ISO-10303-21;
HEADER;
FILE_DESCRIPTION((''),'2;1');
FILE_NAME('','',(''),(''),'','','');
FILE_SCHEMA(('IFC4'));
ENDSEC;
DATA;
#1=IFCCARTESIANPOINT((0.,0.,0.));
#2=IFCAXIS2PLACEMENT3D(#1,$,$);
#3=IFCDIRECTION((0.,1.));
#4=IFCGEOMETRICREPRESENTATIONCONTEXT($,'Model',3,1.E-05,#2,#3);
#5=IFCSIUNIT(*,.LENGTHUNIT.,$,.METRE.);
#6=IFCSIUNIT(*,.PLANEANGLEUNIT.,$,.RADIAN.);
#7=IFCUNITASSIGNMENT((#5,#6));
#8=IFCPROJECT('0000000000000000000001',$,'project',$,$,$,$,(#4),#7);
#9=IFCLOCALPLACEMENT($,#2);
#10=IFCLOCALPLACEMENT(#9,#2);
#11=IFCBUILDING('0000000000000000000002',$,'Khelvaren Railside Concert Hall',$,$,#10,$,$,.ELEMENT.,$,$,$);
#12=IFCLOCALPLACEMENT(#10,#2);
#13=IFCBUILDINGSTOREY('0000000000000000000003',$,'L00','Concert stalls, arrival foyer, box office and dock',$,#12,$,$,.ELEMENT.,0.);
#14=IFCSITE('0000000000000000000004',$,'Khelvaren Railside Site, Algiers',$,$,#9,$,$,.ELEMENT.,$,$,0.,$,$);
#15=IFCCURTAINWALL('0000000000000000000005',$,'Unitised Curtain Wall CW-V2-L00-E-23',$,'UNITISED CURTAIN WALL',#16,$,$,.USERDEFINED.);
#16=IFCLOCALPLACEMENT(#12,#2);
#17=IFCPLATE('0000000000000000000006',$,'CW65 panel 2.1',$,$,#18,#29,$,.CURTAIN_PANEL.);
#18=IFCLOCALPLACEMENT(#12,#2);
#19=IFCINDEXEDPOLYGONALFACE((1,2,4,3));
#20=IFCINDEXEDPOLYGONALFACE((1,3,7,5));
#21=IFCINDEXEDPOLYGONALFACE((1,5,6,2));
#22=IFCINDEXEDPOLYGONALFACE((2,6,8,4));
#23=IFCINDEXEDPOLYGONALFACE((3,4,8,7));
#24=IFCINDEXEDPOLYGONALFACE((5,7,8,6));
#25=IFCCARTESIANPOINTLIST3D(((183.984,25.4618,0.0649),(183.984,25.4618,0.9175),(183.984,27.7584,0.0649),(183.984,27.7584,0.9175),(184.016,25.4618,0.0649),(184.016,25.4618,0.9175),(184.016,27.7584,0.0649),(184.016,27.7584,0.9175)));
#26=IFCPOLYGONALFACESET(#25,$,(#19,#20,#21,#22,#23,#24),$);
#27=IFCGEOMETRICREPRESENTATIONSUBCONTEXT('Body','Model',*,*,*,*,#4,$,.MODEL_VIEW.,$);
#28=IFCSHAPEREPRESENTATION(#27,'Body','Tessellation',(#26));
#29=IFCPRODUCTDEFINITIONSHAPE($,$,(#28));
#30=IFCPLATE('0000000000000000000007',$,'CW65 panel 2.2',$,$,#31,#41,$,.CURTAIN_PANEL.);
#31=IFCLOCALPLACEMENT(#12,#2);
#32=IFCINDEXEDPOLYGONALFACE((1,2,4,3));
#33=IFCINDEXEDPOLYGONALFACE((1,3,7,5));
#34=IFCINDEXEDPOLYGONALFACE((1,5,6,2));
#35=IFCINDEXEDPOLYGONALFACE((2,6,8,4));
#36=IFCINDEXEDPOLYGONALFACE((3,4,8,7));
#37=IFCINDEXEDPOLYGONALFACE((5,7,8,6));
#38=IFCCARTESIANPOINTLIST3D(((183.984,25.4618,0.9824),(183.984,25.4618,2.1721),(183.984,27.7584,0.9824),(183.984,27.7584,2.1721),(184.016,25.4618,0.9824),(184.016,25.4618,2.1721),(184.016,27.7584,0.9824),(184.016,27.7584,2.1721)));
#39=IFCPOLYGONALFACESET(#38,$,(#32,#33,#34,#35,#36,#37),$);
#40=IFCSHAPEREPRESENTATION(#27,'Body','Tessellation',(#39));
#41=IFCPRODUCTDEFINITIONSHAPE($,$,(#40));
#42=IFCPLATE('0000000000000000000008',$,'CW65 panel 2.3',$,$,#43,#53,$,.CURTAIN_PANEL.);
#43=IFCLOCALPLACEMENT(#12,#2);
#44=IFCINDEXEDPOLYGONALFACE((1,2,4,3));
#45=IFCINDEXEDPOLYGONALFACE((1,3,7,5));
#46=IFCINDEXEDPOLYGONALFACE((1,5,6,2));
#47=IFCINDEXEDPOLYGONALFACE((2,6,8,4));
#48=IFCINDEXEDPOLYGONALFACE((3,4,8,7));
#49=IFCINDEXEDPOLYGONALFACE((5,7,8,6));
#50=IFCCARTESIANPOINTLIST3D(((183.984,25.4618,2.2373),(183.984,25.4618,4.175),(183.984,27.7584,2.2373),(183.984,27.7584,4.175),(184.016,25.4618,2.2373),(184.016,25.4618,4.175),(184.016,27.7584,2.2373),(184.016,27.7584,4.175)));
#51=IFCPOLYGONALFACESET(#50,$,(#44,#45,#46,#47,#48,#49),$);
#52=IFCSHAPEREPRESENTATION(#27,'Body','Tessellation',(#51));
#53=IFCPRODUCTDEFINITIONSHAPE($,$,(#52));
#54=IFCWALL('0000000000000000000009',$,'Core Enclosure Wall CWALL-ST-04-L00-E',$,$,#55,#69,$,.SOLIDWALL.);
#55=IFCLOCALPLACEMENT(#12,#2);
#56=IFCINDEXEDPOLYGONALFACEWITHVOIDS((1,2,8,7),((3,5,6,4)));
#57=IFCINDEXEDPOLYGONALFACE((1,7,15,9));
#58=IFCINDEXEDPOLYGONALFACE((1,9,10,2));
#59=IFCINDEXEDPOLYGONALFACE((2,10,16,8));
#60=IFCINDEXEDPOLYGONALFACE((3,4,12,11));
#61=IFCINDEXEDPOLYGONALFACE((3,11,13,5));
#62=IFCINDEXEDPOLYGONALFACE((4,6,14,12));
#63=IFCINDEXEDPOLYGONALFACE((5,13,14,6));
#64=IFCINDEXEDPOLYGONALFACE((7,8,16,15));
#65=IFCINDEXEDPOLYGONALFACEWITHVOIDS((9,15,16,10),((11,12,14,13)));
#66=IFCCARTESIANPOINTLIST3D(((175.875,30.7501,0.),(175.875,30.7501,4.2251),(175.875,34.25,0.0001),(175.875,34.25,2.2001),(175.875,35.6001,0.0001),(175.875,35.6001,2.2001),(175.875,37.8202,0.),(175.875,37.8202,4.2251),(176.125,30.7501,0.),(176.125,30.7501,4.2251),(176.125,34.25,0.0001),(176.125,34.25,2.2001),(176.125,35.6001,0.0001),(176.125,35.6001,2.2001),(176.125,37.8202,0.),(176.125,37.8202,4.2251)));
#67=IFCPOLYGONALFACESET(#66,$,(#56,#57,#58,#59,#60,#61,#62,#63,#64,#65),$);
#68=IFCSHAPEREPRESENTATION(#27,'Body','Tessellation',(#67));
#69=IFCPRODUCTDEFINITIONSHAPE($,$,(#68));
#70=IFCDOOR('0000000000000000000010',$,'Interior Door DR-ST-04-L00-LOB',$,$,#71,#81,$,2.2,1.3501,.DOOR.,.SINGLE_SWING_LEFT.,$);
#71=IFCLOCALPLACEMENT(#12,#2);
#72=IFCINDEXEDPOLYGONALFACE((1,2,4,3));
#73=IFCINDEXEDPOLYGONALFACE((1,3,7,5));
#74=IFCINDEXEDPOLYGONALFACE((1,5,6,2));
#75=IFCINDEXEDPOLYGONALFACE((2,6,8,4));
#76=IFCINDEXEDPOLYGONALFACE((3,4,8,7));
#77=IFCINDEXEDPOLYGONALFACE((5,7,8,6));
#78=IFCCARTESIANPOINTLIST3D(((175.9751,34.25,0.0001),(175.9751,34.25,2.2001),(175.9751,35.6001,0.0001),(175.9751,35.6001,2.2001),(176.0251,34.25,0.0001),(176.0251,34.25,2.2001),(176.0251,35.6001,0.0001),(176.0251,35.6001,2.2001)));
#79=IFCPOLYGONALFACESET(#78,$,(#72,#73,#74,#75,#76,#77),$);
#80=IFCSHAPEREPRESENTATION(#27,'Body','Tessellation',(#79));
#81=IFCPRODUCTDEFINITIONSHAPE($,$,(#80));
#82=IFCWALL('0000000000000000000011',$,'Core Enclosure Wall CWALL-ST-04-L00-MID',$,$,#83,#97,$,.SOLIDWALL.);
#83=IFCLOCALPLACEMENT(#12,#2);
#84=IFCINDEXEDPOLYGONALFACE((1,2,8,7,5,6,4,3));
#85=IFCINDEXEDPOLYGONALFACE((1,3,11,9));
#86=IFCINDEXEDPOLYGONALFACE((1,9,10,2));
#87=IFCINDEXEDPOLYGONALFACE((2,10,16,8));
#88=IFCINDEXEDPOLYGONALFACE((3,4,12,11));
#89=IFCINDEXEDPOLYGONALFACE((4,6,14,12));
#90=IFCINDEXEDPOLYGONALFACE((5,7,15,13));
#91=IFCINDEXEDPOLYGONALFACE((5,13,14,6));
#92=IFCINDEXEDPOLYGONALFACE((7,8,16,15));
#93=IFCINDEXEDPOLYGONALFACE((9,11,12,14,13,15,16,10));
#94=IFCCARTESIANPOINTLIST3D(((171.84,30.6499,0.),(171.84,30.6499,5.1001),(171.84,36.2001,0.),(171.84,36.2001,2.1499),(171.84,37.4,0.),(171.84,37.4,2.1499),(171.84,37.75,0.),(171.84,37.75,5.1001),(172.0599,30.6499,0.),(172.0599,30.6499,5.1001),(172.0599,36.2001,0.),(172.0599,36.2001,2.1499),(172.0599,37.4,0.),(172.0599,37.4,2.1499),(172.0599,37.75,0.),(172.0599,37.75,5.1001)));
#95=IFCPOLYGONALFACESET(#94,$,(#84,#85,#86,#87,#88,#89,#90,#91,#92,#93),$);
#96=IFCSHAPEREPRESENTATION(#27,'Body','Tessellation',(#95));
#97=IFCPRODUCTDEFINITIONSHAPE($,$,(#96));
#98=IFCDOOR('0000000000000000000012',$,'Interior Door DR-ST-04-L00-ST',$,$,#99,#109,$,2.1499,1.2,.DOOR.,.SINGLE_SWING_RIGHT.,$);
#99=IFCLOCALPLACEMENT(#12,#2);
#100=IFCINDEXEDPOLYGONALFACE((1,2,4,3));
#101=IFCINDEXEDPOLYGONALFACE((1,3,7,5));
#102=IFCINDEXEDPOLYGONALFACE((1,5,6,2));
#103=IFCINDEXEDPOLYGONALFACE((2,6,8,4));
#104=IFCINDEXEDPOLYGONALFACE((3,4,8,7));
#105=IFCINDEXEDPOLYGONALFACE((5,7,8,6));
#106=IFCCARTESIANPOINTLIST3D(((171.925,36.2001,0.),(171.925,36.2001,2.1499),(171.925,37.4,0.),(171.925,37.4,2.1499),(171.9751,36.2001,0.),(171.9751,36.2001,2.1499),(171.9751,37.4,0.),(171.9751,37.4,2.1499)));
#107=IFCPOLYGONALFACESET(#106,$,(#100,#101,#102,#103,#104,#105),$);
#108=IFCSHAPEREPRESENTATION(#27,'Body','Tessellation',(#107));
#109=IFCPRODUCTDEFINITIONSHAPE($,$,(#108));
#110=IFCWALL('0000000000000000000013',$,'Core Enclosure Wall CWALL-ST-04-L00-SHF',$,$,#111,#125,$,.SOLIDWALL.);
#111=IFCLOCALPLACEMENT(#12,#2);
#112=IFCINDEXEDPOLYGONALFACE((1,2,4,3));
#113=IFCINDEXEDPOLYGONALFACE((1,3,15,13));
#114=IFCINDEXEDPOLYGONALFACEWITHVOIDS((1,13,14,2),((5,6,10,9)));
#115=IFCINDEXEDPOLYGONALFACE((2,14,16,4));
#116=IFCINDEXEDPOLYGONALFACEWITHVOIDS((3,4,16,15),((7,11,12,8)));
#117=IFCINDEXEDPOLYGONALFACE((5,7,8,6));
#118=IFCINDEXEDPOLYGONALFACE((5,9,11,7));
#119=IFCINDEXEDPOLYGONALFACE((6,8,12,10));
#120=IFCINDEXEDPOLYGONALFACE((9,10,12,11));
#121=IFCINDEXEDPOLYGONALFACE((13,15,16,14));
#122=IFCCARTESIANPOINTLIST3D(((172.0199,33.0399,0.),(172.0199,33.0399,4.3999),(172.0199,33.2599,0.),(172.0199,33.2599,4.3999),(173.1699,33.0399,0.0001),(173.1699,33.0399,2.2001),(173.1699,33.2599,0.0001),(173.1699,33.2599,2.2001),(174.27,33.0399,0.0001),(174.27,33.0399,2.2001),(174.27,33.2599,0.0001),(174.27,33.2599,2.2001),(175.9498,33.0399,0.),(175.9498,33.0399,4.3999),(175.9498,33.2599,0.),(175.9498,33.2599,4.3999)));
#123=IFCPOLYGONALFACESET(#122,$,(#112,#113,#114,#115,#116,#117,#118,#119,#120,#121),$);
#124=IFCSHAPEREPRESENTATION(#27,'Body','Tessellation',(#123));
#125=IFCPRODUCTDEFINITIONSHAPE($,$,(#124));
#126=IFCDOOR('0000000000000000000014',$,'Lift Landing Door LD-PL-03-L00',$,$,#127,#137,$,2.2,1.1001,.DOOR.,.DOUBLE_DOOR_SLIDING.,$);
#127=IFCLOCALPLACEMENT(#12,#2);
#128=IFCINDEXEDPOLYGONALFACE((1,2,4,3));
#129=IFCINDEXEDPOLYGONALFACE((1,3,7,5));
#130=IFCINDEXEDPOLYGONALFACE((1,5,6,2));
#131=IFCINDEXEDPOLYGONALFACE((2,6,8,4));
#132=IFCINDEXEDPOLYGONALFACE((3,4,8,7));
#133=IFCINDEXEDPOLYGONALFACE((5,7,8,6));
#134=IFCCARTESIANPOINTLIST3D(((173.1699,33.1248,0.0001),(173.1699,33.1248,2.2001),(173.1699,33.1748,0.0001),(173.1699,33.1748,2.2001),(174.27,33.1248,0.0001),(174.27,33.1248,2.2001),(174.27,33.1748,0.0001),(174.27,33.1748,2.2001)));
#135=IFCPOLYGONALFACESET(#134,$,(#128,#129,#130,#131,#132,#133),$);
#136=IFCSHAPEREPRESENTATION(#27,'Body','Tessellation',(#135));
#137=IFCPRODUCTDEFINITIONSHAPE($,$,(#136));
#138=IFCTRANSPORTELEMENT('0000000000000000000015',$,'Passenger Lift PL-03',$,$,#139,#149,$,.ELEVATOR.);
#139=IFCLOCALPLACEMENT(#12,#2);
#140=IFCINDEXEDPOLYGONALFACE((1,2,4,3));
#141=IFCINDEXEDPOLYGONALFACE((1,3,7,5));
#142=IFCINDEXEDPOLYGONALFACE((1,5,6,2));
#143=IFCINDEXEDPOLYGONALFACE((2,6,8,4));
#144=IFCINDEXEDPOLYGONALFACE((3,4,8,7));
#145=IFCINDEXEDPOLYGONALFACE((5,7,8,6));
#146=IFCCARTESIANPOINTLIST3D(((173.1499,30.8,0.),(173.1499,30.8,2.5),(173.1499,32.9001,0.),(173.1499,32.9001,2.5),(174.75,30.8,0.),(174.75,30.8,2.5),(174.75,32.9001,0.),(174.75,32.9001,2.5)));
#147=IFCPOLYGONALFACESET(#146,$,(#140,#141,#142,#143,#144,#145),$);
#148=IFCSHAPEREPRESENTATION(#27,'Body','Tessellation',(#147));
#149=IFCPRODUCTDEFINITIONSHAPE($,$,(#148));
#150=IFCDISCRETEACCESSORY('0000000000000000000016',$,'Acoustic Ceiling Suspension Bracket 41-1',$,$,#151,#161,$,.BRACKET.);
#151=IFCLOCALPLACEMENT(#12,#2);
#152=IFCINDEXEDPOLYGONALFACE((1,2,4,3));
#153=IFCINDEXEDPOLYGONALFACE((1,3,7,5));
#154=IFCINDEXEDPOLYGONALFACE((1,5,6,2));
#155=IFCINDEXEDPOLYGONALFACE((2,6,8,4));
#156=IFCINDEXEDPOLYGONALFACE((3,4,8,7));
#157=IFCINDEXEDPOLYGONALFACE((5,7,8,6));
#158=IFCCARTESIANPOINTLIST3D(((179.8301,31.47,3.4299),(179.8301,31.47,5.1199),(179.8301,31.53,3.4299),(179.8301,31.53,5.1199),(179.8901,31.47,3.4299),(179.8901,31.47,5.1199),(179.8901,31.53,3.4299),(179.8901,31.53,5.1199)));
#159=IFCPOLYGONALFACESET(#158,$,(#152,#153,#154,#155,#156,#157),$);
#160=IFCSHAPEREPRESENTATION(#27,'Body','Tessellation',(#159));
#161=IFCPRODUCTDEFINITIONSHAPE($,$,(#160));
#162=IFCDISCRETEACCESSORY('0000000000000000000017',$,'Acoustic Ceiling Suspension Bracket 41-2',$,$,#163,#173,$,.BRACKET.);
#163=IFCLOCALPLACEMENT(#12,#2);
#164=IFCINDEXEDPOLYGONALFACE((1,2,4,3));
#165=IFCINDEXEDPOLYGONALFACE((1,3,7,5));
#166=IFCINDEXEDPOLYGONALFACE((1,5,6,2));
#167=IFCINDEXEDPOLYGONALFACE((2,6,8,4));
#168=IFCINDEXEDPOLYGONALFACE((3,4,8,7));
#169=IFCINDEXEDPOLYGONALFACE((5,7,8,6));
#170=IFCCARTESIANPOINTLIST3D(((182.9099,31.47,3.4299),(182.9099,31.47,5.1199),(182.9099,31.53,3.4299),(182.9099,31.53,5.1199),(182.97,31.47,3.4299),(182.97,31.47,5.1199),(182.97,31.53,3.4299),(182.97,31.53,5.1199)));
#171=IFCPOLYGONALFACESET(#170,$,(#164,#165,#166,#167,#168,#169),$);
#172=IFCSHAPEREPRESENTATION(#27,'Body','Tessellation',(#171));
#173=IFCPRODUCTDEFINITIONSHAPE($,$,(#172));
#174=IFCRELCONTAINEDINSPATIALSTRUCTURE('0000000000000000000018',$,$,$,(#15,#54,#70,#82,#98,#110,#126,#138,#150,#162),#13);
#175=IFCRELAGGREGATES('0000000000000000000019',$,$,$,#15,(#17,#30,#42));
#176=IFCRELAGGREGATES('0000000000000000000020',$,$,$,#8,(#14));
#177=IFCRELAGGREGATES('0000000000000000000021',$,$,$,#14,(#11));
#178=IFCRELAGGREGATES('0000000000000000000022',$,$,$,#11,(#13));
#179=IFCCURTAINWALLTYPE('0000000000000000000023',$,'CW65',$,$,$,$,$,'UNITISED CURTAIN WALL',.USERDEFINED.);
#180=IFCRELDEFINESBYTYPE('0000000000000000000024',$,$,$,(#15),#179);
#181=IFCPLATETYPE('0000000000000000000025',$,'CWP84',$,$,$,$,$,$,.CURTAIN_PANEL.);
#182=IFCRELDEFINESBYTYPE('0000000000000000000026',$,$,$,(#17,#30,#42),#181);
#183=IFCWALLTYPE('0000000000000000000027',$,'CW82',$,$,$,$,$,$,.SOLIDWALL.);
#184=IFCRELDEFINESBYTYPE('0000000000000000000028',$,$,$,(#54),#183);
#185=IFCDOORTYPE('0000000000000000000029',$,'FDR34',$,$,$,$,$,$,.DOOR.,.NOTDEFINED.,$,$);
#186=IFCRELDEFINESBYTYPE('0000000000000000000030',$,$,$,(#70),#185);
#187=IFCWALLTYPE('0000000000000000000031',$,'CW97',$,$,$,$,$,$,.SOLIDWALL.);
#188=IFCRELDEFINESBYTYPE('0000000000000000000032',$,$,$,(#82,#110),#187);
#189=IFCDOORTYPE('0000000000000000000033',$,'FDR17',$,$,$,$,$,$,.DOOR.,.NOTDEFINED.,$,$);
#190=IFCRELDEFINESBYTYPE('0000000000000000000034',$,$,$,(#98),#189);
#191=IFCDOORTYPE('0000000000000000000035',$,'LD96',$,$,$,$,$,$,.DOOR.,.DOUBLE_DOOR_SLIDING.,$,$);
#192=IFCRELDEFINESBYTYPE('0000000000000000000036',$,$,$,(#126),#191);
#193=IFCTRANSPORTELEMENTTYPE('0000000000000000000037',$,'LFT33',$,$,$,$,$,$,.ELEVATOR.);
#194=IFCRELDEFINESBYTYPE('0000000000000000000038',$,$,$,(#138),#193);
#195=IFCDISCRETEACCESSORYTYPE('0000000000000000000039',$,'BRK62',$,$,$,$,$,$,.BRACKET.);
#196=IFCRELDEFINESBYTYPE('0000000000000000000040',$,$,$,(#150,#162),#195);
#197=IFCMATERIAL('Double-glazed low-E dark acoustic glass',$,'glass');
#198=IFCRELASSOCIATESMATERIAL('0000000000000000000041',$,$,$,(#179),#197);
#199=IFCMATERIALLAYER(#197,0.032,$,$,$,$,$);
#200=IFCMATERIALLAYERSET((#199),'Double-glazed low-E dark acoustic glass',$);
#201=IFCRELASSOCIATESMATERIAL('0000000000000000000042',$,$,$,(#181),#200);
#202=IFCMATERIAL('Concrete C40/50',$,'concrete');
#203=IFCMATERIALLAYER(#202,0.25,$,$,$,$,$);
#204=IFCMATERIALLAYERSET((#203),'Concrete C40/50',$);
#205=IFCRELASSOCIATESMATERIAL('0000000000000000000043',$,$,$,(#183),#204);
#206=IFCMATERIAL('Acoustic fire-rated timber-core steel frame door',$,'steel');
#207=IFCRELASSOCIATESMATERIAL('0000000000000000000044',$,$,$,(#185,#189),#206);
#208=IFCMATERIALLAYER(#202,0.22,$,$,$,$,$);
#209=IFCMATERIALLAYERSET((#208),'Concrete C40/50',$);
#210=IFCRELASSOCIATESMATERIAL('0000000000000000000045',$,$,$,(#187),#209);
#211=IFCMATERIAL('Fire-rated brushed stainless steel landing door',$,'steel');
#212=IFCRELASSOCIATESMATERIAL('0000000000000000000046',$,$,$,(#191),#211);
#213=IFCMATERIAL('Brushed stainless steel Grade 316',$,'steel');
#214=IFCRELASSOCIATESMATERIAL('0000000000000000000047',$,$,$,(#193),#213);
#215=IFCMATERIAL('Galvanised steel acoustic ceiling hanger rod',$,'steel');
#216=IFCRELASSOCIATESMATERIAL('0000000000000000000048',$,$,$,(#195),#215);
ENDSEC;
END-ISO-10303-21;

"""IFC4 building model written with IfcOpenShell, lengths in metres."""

from ifc_helpers import new_model, si_unit, direction, frame, frame_2d, origin, origin_2d, place, context, subcontext, project, spatial, rectangle, extrude, material, layer, layer_set, type_object, element, fill, aggregate, save


model = new_model("IFC4")

# Units and contexts
model_context = context("Model", 3, precision=1e-05, world=origin(), true_north=direction((0.0, 1.0)))
body_context = subcontext(model_context, "Body", "Model", "MODEL_VIEW")
ifc_project = project(units=[si_unit("LENGTHUNIT", "METRE"), si_unit("PLANEANGLEUNIT", "RADIAN")], contexts=[model_context])

# Site, building, storey
site_placement = place(None, origin())
site = spatial("IfcSite", under=ifc_project, at=site_placement, Name="Khelvaren Railside Site, Algiers", CompositionType="ELEMENT", RefElevation=0.0)
building_placement = place(site_placement, origin())
building = spatial("IfcBuilding", under=site, at=building_placement, Name="Khelvaren Railside Concert Hall", CompositionType="ELEMENT")
storey_placement = place(building_placement, origin())
storey = spatial("IfcBuildingStorey", under=building, at=storey_placement, Name="L00", Description="Concert stalls, arrival foyer, box office and dock", CompositionType="ELEMENT", Elevation=0.0)

# Curtain wall
ifc_material_1 = material(Name="Double-glazed low-E dark acoustic glass", Category="glass")
curtain_wall_type = type_object("IfcCurtainWallType", Name="CW65", ElementType="UNITISED CURTAIN WALL", PredefinedType="USERDEFINED", material=ifc_material_1)
curtain_wall_placement = place(storey_placement, origin())
curtain_wall = element("IfcCurtainWall", 1, at=curtain_wall_placement, inside=storey, type_object=curtain_wall_type, Name="Unitised Curtain Wall CW-V2-L00-E-23", ObjectType="UNITISED CURTAIN WALL", PredefinedType="USERDEFINED")

# Shared definitions
ifc_material_2 = material(Name="Concrete C40/50", Category="concrete")

# Plates
ifc_layer_1 = layer(ifc_material_1, 0.032)
ifc_layer_set_1 = layer_set([ifc_layer_1], Name="Double-glazed low-E dark acoustic glass")
plate_type = type_object("IfcPlateType", Name="CWP84", PredefinedType="CURTAIN_PANEL", material=ifc_layer_set_1)
plate_1_placement = place(storey_placement, frame((184.0, 26.6101, 0.0649), z_axis=(0.0, 0.0, 1.0), x_axis=(0.0, -1.0, 0.0)))
plate_1 = element("IfcPlate", 2, at=plate_1_placement, type_object=plate_type, Name="CW65 panel 2.1", PredefinedType="CURTAIN_PANEL", context=body_context, shape_type="SweptSolid", body=[
    extrude(rectangle(XDim=2.2966, YDim=0.032, at=origin_2d()), origin(), (0.0, 0.0, 1.0), 0.8525),
])
plate_2_placement = place(storey_placement, frame((184.0, 26.6101, 0.9824), z_axis=(0.0, 0.0, 1.0), x_axis=(0.0, -1.0, 0.0)))
plate_2 = element("IfcPlate", 3, at=plate_2_placement, type_object=plate_type, Name="CW65 panel 2.2", PredefinedType="CURTAIN_PANEL", context=body_context, shape_type="SweptSolid", body=[
    extrude(rectangle(XDim=2.2966, YDim=0.032, at=origin_2d()), origin(), (0.0, 0.0, 1.0), 1.1897),
])
plate_3_placement = place(storey_placement, frame((184.0, 26.6101, 2.2373), z_axis=(0.0, 0.0, 1.0), x_axis=(0.0, -1.0, 0.0)))
plate_3 = element("IfcPlate", 4, at=plate_3_placement, type_object=plate_type, Name="CW65 panel 2.3", PredefinedType="CURTAIN_PANEL", context=body_context, shape_type="SweptSolid", body=[
    extrude(rectangle(XDim=2.2966, YDim=0.032, at=origin_2d()), origin(), (0.0, 0.0, 1.0), 1.9377),
])
aggregate(curtain_wall, [plate_1, plate_2, plate_3])

# Walls, openings, doors
ifc_layer_2 = layer(ifc_material_2, 0.25)
ifc_layer_set_2 = layer_set([ifc_layer_2], Name="Concrete C40/50")
wall_type_1 = type_object("IfcWallType", Name="CW82", PredefinedType="SOLIDWALL", material=ifc_layer_set_2)
wall_1_placement = place(storey_placement, frame((176.0, 30.75, 0.0), z_axis=(0.0, 0.0, 1.0), x_axis=(0.0, 1.0, 0.0)))
wall_1 = element("IfcWall", 5, at=wall_1_placement, inside=storey, type_object=wall_type_1, Name="Core Enclosure Wall CWALL-ST-04-L00-E", PredefinedType="SOLIDWALL", context=body_context, shape_type="SweptSolid", body=[
    extrude(rectangle(XDim=7.0701, YDim=0.25, at=frame_2d((3.5352, 0.0))), origin(), (0.0, 0.0, 1.0), 4.2251),
])
opening_1_placement = place(wall_1_placement, frame((3.5, 0.0, 0.0)))
opening_1 = element("IfcOpeningElement", 6, at=opening_1_placement, cuts=wall_1, PredefinedType="OPENING", context=body_context, shape_type="SweptSolid", body=[
    extrude(rectangle(XDim=1.3501, YDim=2.2, at=frame_2d((0.675, 1.1001))), frame((0.0, 0.135, 0.0), z_axis=(0.0, -1.0, 0.0), x_axis=(1.0, 0.0, 0.0)), (0.0, 0.0, 1.0), 0.27),
])
ifc_material_3 = material(Name="Acoustic fire-rated timber-core steel frame door", Category="steel")
door_type_1 = type_object("IfcDoorType", Name="FDR34", OperationType="NOTDEFINED", PredefinedType="DOOR", material=ifc_material_3)
door_1_placement = place(opening_1_placement, origin())
door_1 = element("IfcDoor", 7, at=door_1_placement, inside=storey, type_object=door_type_1, Name="Interior Door DR-ST-04-L00-LOB", OperationType="SINGLE_SWING_LEFT", OverallHeight=2.2, OverallWidth=1.3501, PredefinedType="DOOR", context=body_context, shape_type="SweptSolid", body=[
    extrude(rectangle(XDim=1.3501, YDim=2.2, at=frame_2d((0.675, 1.1001))), frame((0.0, 0.0249, 0.0), z_axis=(0.0, -1.0, 0.0), x_axis=(1.0, 0.0, 0.0)), (0.0, 0.0, 1.0), 0.05),
])
fill(opening_1, door_1)
ifc_layer_3 = layer(ifc_material_2, 0.22)
ifc_layer_set_3 = layer_set([ifc_layer_3], Name="Concrete C40/50")
wall_type_2 = type_object("IfcWallType", Name="CW97", PredefinedType="SOLIDWALL", material=ifc_layer_set_3)
wall_2_placement = place(storey_placement, frame((171.95, 30.6499, 0.0), z_axis=(0.0, 0.0, 1.0), x_axis=(0.0, 1.0, 0.0)))
wall_2 = element("IfcWall", 8, at=wall_2_placement, inside=storey, type_object=wall_type_2, Name="Core Enclosure Wall CWALL-ST-04-L00-MID", PredefinedType="SOLIDWALL", context=body_context, shape_type="SweptSolid", body=[
    extrude(rectangle(XDim=7.1001, YDim=0.22, at=frame_2d((3.55, 0.0))), origin(), (0.0, 0.0, 1.0), 5.1001),
])
opening_2_placement = place(wall_2_placement, frame((5.55, 0.0, 0.0)))
opening_2 = element("IfcOpeningElement", 9, at=opening_2_placement, cuts=wall_2, PredefinedType="OPENING", context=body_context, shape_type="SweptSolid", body=[
    extrude(rectangle(XDim=1.2, YDim=2.1499, at=frame_2d((0.6001, 1.075))), frame((0.0, 0.1199, 0.0), z_axis=(0.0, -1.0, 0.0), x_axis=(1.0, 0.0, 0.0)), (0.0, 0.0, 1.0), 0.24),
])
door_type_2 = type_object("IfcDoorType", Name="FDR17", OperationType="NOTDEFINED", PredefinedType="DOOR", material=ifc_material_3)
door_2_placement = place(opening_2_placement, origin())
door_2 = element("IfcDoor", 10, at=door_2_placement, inside=storey, type_object=door_type_2, Name="Interior Door DR-ST-04-L00-ST", OperationType="SINGLE_SWING_RIGHT", OverallHeight=2.1499, OverallWidth=1.2, PredefinedType="DOOR", context=body_context, shape_type="SweptSolid", body=[
    extrude(rectangle(XDim=1.2, YDim=2.1499, at=frame_2d((0.6001, 1.075))), frame((0.0, 0.0249, 0.0), z_axis=(0.0, -1.0, 0.0), x_axis=(1.0, 0.0, 0.0)), (0.0, 0.0, 1.0), 0.05),
])
fill(opening_2, door_2)
wall_3_placement = place(storey_placement, frame((172.02, 33.1499, 0.0), z_axis=(0.0, 0.0, 1.0), x_axis=(1.0, 0.0, 0.0)))
wall_3 = element("IfcWall", 11, at=wall_3_placement, inside=storey, type_object=wall_type_2, Name="Core Enclosure Wall CWALL-ST-04-L00-SHF", PredefinedType="SOLIDWALL", context=body_context, shape_type="SweptSolid", body=[
    extrude(rectangle(XDim=3.9299, YDim=0.22, at=frame_2d((1.9648, 0.0))), origin(), (0.0, 0.0, 1.0), 4.3999),
])
opening_3_placement = place(wall_3_placement, frame((1.1499, 0.0, 0.0)))
opening_3 = element("IfcOpeningElement", 12, at=opening_3_placement, cuts=wall_3, PredefinedType="OPENING", context=body_context, shape_type="SweptSolid", body=[
    extrude(rectangle(XDim=1.1001, YDim=2.2, at=frame_2d((0.55, 1.1001))), frame((0.0, 0.1199, 0.0), z_axis=(0.0, -1.0, 0.0), x_axis=(1.0, 0.0, 0.0)), (0.0, 0.0, 1.0), 0.24),
])
ifc_material_4 = material(Name="Fire-rated brushed stainless steel landing door", Category="steel")
door_type_3 = type_object("IfcDoorType", Name="LD96", OperationType="DOUBLE_DOOR_SLIDING", PredefinedType="DOOR", material=ifc_material_4)
door_3_placement = place(opening_3_placement, origin())
door_3 = element("IfcDoor", 13, at=door_3_placement, inside=storey, type_object=door_type_3, Name="Lift Landing Door LD-PL-03-L00", OperationType="DOUBLE_DOOR_SLIDING", OverallHeight=2.2, OverallWidth=1.1001, PredefinedType="DOOR", context=body_context, shape_type="SweptSolid", body=[
    extrude(rectangle(XDim=1.1001, YDim=2.2, at=frame_2d((0.55, 1.1001))), frame((0.0, 0.0249, 0.0), z_axis=(0.0, -1.0, 0.0), x_axis=(1.0, 0.0, 0.0)), (0.0, 0.0, 1.0), 0.05),
])
fill(opening_3, door_3)

# Transport element
ifc_material_5 = material(Name="Brushed stainless steel Grade 316", Category="steel")
transport_element_type = type_object("IfcTransportElementType", Name="LFT33", PredefinedType="ELEVATOR", material=ifc_material_5)
transport_element_placement = place(storey_placement, frame((173.95, 31.8501, 0.0), z_axis=(0.0, 0.0, 1.0), x_axis=(1.0, 0.0, 0.0)))
element("IfcTransportElement", 14, at=transport_element_placement, inside=storey, type_object=transport_element_type, Name="Passenger Lift PL-03", PredefinedType="ELEVATOR", context=body_context, shape_type="SweptSolid", body=[
    extrude(rectangle(XDim=1.6001, YDim=2.1001, at=origin_2d()), origin(), (0.0, 0.0, 1.0), 2.5),
])

# Discrete accessories
ifc_material_6 = material(Name="Galvanised steel acoustic ceiling hanger rod", Category="steel")
discrete_accessory_type = type_object("IfcDiscreteAccessoryType", Name="BRK62", PredefinedType="BRACKET", material=ifc_material_6)
for number, where, z_axis, x_axis, name in (
    (15, (179.8601, 31.5, 3.4299), (0.0, 0.0, 1.0), (1.0, 0.0, 0.0), "Acoustic Ceiling Suspension Bracket 41-1"),
    (16, (182.9399, 31.5, 3.4299), (0.0, 0.0, 1.0), (1.0, 0.0, 0.0), "Acoustic Ceiling Suspension Bracket 41-2"),
):
    element("IfcDiscreteAccessory", number, at=place(storey_placement, frame(where, z_axis=z_axis, x_axis=x_axis)), inside=storey, type_object=discrete_accessory_type, Name=name, PredefinedType="BRACKET", context=body_context, shape_type="SweptSolid", body=[
        extrude(rectangle(XDim=0.0601, YDim=0.0601, at=origin_2d()), origin(), (0.0, 0.0, 1.0), 1.6899),
    ])

save(model, "model.ifc")
